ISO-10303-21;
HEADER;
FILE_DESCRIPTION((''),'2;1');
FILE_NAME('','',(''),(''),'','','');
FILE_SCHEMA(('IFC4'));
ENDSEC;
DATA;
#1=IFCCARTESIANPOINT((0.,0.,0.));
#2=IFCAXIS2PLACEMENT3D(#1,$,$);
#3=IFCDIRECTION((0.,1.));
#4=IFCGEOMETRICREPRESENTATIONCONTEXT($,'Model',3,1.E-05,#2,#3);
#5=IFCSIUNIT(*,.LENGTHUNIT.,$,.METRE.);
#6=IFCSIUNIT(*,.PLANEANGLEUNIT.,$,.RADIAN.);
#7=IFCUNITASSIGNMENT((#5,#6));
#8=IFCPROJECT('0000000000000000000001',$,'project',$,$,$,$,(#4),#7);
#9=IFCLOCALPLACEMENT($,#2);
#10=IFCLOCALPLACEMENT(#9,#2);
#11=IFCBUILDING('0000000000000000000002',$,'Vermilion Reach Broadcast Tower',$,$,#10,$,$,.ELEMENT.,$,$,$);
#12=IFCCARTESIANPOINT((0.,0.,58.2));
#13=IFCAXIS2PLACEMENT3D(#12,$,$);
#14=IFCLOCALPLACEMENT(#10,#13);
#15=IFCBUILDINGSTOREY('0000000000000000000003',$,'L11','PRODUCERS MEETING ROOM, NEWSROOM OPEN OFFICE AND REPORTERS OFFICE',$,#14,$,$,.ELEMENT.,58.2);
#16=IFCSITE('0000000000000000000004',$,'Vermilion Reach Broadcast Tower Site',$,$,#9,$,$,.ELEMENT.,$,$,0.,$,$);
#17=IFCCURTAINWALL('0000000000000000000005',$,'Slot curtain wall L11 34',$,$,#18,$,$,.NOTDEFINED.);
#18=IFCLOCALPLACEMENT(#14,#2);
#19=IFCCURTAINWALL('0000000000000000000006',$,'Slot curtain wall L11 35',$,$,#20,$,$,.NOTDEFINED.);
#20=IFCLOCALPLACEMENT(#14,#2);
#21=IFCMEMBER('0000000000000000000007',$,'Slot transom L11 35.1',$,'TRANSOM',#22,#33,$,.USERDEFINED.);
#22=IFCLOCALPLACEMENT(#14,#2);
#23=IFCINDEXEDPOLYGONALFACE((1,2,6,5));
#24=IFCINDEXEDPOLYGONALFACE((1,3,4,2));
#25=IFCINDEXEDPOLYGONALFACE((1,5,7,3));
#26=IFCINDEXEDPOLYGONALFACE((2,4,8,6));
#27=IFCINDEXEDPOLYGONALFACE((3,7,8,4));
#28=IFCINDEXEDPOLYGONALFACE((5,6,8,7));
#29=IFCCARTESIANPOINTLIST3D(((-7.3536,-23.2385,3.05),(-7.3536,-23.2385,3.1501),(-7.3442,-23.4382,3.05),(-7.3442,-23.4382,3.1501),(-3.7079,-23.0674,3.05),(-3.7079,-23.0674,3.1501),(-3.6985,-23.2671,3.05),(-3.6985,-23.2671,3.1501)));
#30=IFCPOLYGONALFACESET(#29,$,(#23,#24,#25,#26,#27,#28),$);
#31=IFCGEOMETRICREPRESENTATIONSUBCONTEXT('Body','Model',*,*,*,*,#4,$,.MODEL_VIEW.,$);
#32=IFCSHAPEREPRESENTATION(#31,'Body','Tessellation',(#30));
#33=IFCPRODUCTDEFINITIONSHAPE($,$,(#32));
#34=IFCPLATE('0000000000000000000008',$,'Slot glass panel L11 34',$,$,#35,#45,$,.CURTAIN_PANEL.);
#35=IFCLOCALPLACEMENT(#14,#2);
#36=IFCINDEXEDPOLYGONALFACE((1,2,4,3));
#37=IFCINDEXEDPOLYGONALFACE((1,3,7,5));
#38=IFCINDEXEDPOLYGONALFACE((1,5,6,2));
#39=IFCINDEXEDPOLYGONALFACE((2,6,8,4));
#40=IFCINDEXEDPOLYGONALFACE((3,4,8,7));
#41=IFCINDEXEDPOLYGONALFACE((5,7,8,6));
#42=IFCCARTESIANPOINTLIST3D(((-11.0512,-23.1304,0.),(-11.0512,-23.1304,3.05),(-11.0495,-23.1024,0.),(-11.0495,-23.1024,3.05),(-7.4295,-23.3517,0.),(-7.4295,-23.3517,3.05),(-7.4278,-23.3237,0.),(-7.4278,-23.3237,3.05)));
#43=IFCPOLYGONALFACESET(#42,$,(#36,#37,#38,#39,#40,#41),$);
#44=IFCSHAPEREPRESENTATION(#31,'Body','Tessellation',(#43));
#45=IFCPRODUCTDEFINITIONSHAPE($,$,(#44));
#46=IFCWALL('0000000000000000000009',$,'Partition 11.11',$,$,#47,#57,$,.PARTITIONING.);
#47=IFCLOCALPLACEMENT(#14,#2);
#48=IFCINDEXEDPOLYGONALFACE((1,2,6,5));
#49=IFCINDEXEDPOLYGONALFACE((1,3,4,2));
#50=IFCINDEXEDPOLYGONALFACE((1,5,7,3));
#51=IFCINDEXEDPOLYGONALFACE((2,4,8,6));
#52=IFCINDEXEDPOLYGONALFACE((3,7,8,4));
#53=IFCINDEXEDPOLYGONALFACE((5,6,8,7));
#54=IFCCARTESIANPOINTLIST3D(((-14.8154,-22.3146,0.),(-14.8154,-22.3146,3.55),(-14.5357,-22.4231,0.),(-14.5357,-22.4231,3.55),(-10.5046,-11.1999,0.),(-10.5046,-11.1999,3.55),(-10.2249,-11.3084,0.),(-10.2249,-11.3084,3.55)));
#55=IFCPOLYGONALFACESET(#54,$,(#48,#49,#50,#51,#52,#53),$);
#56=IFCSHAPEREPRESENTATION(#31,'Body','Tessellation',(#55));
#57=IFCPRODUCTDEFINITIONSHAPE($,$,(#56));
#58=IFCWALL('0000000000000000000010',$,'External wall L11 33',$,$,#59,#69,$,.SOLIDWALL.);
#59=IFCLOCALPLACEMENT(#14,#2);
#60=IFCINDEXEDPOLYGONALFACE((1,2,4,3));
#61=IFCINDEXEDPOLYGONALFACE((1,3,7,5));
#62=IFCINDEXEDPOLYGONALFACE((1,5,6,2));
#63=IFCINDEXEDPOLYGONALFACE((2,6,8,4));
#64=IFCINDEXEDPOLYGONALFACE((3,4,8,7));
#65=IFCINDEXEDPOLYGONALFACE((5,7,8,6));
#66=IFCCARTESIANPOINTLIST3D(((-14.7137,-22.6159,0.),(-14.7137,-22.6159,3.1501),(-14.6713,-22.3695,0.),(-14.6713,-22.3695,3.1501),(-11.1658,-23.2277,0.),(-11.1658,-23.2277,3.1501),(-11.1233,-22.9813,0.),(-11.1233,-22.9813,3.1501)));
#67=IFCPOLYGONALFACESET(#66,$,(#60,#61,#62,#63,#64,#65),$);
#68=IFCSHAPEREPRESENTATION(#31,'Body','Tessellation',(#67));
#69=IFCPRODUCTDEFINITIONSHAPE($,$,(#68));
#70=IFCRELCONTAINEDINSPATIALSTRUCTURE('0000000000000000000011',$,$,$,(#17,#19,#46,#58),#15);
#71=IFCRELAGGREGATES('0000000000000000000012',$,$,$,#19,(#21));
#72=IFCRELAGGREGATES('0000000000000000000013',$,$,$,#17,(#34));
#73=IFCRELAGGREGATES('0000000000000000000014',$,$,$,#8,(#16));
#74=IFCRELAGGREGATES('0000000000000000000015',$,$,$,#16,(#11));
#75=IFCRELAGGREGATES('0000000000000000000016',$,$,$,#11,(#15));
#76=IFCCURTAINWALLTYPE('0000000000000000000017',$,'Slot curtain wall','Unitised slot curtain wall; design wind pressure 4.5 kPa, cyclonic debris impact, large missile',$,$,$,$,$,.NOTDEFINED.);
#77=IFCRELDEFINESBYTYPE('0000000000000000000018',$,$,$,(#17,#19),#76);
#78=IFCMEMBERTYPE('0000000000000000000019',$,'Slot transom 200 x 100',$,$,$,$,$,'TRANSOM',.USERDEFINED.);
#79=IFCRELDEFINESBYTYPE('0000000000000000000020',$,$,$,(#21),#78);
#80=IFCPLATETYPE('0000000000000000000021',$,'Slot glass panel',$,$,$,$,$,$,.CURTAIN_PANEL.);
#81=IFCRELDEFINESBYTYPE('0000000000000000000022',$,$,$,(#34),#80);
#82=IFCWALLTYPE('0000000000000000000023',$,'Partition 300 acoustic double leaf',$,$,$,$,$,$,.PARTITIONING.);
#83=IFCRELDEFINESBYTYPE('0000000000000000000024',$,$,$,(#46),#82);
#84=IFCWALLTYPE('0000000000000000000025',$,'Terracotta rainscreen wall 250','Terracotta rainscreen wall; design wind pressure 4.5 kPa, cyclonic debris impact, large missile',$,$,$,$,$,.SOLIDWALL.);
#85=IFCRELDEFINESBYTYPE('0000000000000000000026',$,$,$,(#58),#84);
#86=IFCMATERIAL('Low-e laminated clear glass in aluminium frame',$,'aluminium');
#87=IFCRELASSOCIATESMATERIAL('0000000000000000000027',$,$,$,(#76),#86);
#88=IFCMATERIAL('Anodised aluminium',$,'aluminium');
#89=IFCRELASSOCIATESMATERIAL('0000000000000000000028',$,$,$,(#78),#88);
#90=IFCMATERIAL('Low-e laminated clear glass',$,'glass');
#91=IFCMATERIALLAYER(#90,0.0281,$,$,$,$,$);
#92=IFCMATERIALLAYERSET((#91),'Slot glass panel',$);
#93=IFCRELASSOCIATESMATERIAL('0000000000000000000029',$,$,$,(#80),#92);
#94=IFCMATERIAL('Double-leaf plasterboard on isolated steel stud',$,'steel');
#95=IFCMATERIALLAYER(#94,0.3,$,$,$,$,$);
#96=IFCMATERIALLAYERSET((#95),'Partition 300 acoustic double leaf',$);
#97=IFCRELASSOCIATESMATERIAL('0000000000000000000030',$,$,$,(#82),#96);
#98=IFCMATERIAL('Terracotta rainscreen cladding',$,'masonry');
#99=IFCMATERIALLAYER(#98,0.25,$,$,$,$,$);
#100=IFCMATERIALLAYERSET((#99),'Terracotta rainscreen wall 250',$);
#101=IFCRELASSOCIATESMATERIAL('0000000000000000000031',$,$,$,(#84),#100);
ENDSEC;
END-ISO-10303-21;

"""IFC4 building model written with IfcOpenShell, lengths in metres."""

from ifc_helpers import new_model, si_unit, direction, frame, frame_2d, origin, origin_2d, place, context, subcontext, project, spatial, rectangle, extrude, material, layer, layer_set, material_profile, profile_set, type_object, element, aggregate, save


model = new_model("IFC4")

# Units and contexts
model_context = context("Model", 3, precision=1e-05, world=origin(), true_north=direction((0.0, 1.0)))
body_context = subcontext(model_context, "Body", "Model", "MODEL_VIEW")
ifc_project = project(units=[si_unit("LENGTHUNIT", "METRE"), si_unit("PLANEANGLEUNIT", "RADIAN")], contexts=[model_context])

# Site, building, storey
site_placement = place(None, origin())
site = spatial("IfcSite", under=ifc_project, at=site_placement, Name="Vermilion Reach Broadcast Tower Site", CompositionType="ELEMENT", RefElevation=0.0)
building_placement = place(site_placement, origin())
building = spatial("IfcBuilding", under=site, at=building_placement, Name="Vermilion Reach Broadcast Tower", CompositionType="ELEMENT")
storey_placement = place(building_placement, frame((0.0, 0.0, 58.2)))
storey = spatial("IfcBuildingStorey", under=building, at=storey_placement, Name="L11", Description="PRODUCERS MEETING ROOM, NEWSROOM OPEN OFFICE AND REPORTERS OFFICE", CompositionType="ELEMENT", Elevation=58.2)

# Curtain walls
ifc_material_1 = material(Name="Low-e laminated clear glass in aluminium frame", Category="aluminium")
curtain_wall_type = type_object("IfcCurtainWallType", Name="Slot curtain wall", Description="Unitised slot curtain wall; design wind pressure 4.5 kPa, cyclonic debris impact, large missile", PredefinedType="NOTDEFINED", material=ifc_material_1)
placement = place(storey_placement, origin())
curtain_wall_1 = element("IfcCurtainWall", 1, at=placement, inside=storey, type_object=curtain_wall_type, Name="Slot curtain wall L11 34", PredefinedType="NOTDEFINED")
curtain_wall_2 = element("IfcCurtainWall", 2, at=placement, inside=storey, type_object=curtain_wall_type, Name="Slot curtain wall L11 35", PredefinedType="NOTDEFINED")

# Member
ifc_material_2 = material(Name="Anodised aluminium", Category="aluminium")
ifc_material_profile_1 = material_profile(ifc_material_2, rectangle(XDim=0.2, YDim=0.1001, at=origin_2d()), Name="Slot transom 200 x 100")
ifc_profile_set_1 = profile_set([ifc_material_profile_1], Name="Anodised aluminium")
member_type_1 = type_object("IfcMemberType", Name="Slot transom 200 x 100", ElementType="TRANSOM", PredefinedType="USERDEFINED", material=ifc_profile_set_1)
member_1_placement = place(storey_placement, frame((-7.3489, -23.3384, 3.1001), z_axis=(0.9989, 0.046891, 0.0), x_axis=(-0.046891, 0.9989, 0.0)))
member_1 = element("IfcMember", 3, at=member_1_placement, type_object=member_type_1, Name="Slot transom L11 35.1", ObjectType="TRANSOM", PredefinedType="USERDEFINED", context=body_context, shape_type="SweptSolid", body=[
    extrude(rectangle(XDim=0.2, YDim=0.1001, at=origin_2d()), origin(), (0.0, 0.0, 1.0), 3.6497),
])
aggregate(curtain_wall_2, [member_1])

# Plate
ifc_material_3 = material(Name="Low-e laminated clear glass", Category="glass")
ifc_layer_1 = layer(ifc_material_3, 0.0281)
ifc_layer_set_1 = layer_set([ifc_layer_1], Name="Slot glass panel")
plate_type = type_object("IfcPlateType", Name="Slot glass panel", PredefinedType="CURTAIN_PANEL", material=ifc_layer_set_1)
plate_placement = place(storey_placement, frame((-9.2395, -23.2271, 0.0), z_axis=(0.0, 0.0, 1.0), x_axis=(0.998137, -0.061006, 0.0)))
plate = element("IfcPlate", 4, at=plate_placement, type_object=plate_type, Name="Slot glass panel L11 34", PredefinedType="CURTAIN_PANEL", context=body_context, shape_type="SweptSolid", body=[
    extrude(rectangle(XDim=3.6284, YDim=0.0281, at=origin_2d()), origin(), (0.0, 0.0, 1.0), 3.05),
])
aggregate(curtain_wall_1, [plate])

# Walls
ifc_material_4 = material(Name="Double-leaf plasterboard on isolated steel stud", Category="steel")
ifc_layer_2 = layer(ifc_material_4, 0.3)
ifc_layer_set_2 = layer_set([ifc_layer_2], Name="Partition 300 acoustic double leaf")
wall_type_1 = type_object("IfcWallType", Name="Partition 300 acoustic double leaf", PredefinedType="PARTITIONING", material=ifc_layer_set_2)
wall_1_placement = place(storey_placement, frame((-14.6755, -22.3689, 0.0), z_axis=(0.0, 0.0, 1.0), x_axis=(0.3616, 0.932333, 0.0)))
element("IfcWall", 5, at=wall_1_placement, inside=storey, type_object=wall_type_1, Name="Partition 11.11", PredefinedType="PARTITIONING", context=body_context, shape_type="SweptSolid", body=[
    extrude(rectangle(XDim=11.9214, YDim=0.3, at=frame_2d((5.9607, 0.0))), origin(), (0.0, 0.0, 1.0), 3.55),
])
ifc_material_5 = material(Name="Terracotta rainscreen cladding", Category="masonry")
ifc_layer_3 = layer(ifc_material_5, 0.25)
ifc_layer_set_3 = layer_set([ifc_layer_3], Name="Terracotta rainscreen wall 250")
wall_type_2 = type_object("IfcWallType", Name="Terracotta rainscreen wall 250", Description="Terracotta rainscreen wall; design wind pressure 4.5 kPa, cyclonic debris impact, large missile", PredefinedType="SOLIDWALL", material=ifc_layer_set_3)
wall_2_placement = place(storey_placement, frame((-14.6926, -22.4927, 0.0), z_axis=(0.0, 0.0, 1.0), x_axis=(0.985457, -0.169927, 0.0)))
element("IfcWall", 6, at=wall_2_placement, inside=storey, type_object=wall_type_2, Name="External wall L11 33", PredefinedType="SOLIDWALL", context=body_context, shape_type="SweptSolid", body=[
    extrude(rectangle(XDim=3.6003, YDim=0.25, at=frame_2d((1.8003, 0.0))), origin(), (0.0, 0.0, 1.0), 3.1501),
])

save(model, "model.ifc")
